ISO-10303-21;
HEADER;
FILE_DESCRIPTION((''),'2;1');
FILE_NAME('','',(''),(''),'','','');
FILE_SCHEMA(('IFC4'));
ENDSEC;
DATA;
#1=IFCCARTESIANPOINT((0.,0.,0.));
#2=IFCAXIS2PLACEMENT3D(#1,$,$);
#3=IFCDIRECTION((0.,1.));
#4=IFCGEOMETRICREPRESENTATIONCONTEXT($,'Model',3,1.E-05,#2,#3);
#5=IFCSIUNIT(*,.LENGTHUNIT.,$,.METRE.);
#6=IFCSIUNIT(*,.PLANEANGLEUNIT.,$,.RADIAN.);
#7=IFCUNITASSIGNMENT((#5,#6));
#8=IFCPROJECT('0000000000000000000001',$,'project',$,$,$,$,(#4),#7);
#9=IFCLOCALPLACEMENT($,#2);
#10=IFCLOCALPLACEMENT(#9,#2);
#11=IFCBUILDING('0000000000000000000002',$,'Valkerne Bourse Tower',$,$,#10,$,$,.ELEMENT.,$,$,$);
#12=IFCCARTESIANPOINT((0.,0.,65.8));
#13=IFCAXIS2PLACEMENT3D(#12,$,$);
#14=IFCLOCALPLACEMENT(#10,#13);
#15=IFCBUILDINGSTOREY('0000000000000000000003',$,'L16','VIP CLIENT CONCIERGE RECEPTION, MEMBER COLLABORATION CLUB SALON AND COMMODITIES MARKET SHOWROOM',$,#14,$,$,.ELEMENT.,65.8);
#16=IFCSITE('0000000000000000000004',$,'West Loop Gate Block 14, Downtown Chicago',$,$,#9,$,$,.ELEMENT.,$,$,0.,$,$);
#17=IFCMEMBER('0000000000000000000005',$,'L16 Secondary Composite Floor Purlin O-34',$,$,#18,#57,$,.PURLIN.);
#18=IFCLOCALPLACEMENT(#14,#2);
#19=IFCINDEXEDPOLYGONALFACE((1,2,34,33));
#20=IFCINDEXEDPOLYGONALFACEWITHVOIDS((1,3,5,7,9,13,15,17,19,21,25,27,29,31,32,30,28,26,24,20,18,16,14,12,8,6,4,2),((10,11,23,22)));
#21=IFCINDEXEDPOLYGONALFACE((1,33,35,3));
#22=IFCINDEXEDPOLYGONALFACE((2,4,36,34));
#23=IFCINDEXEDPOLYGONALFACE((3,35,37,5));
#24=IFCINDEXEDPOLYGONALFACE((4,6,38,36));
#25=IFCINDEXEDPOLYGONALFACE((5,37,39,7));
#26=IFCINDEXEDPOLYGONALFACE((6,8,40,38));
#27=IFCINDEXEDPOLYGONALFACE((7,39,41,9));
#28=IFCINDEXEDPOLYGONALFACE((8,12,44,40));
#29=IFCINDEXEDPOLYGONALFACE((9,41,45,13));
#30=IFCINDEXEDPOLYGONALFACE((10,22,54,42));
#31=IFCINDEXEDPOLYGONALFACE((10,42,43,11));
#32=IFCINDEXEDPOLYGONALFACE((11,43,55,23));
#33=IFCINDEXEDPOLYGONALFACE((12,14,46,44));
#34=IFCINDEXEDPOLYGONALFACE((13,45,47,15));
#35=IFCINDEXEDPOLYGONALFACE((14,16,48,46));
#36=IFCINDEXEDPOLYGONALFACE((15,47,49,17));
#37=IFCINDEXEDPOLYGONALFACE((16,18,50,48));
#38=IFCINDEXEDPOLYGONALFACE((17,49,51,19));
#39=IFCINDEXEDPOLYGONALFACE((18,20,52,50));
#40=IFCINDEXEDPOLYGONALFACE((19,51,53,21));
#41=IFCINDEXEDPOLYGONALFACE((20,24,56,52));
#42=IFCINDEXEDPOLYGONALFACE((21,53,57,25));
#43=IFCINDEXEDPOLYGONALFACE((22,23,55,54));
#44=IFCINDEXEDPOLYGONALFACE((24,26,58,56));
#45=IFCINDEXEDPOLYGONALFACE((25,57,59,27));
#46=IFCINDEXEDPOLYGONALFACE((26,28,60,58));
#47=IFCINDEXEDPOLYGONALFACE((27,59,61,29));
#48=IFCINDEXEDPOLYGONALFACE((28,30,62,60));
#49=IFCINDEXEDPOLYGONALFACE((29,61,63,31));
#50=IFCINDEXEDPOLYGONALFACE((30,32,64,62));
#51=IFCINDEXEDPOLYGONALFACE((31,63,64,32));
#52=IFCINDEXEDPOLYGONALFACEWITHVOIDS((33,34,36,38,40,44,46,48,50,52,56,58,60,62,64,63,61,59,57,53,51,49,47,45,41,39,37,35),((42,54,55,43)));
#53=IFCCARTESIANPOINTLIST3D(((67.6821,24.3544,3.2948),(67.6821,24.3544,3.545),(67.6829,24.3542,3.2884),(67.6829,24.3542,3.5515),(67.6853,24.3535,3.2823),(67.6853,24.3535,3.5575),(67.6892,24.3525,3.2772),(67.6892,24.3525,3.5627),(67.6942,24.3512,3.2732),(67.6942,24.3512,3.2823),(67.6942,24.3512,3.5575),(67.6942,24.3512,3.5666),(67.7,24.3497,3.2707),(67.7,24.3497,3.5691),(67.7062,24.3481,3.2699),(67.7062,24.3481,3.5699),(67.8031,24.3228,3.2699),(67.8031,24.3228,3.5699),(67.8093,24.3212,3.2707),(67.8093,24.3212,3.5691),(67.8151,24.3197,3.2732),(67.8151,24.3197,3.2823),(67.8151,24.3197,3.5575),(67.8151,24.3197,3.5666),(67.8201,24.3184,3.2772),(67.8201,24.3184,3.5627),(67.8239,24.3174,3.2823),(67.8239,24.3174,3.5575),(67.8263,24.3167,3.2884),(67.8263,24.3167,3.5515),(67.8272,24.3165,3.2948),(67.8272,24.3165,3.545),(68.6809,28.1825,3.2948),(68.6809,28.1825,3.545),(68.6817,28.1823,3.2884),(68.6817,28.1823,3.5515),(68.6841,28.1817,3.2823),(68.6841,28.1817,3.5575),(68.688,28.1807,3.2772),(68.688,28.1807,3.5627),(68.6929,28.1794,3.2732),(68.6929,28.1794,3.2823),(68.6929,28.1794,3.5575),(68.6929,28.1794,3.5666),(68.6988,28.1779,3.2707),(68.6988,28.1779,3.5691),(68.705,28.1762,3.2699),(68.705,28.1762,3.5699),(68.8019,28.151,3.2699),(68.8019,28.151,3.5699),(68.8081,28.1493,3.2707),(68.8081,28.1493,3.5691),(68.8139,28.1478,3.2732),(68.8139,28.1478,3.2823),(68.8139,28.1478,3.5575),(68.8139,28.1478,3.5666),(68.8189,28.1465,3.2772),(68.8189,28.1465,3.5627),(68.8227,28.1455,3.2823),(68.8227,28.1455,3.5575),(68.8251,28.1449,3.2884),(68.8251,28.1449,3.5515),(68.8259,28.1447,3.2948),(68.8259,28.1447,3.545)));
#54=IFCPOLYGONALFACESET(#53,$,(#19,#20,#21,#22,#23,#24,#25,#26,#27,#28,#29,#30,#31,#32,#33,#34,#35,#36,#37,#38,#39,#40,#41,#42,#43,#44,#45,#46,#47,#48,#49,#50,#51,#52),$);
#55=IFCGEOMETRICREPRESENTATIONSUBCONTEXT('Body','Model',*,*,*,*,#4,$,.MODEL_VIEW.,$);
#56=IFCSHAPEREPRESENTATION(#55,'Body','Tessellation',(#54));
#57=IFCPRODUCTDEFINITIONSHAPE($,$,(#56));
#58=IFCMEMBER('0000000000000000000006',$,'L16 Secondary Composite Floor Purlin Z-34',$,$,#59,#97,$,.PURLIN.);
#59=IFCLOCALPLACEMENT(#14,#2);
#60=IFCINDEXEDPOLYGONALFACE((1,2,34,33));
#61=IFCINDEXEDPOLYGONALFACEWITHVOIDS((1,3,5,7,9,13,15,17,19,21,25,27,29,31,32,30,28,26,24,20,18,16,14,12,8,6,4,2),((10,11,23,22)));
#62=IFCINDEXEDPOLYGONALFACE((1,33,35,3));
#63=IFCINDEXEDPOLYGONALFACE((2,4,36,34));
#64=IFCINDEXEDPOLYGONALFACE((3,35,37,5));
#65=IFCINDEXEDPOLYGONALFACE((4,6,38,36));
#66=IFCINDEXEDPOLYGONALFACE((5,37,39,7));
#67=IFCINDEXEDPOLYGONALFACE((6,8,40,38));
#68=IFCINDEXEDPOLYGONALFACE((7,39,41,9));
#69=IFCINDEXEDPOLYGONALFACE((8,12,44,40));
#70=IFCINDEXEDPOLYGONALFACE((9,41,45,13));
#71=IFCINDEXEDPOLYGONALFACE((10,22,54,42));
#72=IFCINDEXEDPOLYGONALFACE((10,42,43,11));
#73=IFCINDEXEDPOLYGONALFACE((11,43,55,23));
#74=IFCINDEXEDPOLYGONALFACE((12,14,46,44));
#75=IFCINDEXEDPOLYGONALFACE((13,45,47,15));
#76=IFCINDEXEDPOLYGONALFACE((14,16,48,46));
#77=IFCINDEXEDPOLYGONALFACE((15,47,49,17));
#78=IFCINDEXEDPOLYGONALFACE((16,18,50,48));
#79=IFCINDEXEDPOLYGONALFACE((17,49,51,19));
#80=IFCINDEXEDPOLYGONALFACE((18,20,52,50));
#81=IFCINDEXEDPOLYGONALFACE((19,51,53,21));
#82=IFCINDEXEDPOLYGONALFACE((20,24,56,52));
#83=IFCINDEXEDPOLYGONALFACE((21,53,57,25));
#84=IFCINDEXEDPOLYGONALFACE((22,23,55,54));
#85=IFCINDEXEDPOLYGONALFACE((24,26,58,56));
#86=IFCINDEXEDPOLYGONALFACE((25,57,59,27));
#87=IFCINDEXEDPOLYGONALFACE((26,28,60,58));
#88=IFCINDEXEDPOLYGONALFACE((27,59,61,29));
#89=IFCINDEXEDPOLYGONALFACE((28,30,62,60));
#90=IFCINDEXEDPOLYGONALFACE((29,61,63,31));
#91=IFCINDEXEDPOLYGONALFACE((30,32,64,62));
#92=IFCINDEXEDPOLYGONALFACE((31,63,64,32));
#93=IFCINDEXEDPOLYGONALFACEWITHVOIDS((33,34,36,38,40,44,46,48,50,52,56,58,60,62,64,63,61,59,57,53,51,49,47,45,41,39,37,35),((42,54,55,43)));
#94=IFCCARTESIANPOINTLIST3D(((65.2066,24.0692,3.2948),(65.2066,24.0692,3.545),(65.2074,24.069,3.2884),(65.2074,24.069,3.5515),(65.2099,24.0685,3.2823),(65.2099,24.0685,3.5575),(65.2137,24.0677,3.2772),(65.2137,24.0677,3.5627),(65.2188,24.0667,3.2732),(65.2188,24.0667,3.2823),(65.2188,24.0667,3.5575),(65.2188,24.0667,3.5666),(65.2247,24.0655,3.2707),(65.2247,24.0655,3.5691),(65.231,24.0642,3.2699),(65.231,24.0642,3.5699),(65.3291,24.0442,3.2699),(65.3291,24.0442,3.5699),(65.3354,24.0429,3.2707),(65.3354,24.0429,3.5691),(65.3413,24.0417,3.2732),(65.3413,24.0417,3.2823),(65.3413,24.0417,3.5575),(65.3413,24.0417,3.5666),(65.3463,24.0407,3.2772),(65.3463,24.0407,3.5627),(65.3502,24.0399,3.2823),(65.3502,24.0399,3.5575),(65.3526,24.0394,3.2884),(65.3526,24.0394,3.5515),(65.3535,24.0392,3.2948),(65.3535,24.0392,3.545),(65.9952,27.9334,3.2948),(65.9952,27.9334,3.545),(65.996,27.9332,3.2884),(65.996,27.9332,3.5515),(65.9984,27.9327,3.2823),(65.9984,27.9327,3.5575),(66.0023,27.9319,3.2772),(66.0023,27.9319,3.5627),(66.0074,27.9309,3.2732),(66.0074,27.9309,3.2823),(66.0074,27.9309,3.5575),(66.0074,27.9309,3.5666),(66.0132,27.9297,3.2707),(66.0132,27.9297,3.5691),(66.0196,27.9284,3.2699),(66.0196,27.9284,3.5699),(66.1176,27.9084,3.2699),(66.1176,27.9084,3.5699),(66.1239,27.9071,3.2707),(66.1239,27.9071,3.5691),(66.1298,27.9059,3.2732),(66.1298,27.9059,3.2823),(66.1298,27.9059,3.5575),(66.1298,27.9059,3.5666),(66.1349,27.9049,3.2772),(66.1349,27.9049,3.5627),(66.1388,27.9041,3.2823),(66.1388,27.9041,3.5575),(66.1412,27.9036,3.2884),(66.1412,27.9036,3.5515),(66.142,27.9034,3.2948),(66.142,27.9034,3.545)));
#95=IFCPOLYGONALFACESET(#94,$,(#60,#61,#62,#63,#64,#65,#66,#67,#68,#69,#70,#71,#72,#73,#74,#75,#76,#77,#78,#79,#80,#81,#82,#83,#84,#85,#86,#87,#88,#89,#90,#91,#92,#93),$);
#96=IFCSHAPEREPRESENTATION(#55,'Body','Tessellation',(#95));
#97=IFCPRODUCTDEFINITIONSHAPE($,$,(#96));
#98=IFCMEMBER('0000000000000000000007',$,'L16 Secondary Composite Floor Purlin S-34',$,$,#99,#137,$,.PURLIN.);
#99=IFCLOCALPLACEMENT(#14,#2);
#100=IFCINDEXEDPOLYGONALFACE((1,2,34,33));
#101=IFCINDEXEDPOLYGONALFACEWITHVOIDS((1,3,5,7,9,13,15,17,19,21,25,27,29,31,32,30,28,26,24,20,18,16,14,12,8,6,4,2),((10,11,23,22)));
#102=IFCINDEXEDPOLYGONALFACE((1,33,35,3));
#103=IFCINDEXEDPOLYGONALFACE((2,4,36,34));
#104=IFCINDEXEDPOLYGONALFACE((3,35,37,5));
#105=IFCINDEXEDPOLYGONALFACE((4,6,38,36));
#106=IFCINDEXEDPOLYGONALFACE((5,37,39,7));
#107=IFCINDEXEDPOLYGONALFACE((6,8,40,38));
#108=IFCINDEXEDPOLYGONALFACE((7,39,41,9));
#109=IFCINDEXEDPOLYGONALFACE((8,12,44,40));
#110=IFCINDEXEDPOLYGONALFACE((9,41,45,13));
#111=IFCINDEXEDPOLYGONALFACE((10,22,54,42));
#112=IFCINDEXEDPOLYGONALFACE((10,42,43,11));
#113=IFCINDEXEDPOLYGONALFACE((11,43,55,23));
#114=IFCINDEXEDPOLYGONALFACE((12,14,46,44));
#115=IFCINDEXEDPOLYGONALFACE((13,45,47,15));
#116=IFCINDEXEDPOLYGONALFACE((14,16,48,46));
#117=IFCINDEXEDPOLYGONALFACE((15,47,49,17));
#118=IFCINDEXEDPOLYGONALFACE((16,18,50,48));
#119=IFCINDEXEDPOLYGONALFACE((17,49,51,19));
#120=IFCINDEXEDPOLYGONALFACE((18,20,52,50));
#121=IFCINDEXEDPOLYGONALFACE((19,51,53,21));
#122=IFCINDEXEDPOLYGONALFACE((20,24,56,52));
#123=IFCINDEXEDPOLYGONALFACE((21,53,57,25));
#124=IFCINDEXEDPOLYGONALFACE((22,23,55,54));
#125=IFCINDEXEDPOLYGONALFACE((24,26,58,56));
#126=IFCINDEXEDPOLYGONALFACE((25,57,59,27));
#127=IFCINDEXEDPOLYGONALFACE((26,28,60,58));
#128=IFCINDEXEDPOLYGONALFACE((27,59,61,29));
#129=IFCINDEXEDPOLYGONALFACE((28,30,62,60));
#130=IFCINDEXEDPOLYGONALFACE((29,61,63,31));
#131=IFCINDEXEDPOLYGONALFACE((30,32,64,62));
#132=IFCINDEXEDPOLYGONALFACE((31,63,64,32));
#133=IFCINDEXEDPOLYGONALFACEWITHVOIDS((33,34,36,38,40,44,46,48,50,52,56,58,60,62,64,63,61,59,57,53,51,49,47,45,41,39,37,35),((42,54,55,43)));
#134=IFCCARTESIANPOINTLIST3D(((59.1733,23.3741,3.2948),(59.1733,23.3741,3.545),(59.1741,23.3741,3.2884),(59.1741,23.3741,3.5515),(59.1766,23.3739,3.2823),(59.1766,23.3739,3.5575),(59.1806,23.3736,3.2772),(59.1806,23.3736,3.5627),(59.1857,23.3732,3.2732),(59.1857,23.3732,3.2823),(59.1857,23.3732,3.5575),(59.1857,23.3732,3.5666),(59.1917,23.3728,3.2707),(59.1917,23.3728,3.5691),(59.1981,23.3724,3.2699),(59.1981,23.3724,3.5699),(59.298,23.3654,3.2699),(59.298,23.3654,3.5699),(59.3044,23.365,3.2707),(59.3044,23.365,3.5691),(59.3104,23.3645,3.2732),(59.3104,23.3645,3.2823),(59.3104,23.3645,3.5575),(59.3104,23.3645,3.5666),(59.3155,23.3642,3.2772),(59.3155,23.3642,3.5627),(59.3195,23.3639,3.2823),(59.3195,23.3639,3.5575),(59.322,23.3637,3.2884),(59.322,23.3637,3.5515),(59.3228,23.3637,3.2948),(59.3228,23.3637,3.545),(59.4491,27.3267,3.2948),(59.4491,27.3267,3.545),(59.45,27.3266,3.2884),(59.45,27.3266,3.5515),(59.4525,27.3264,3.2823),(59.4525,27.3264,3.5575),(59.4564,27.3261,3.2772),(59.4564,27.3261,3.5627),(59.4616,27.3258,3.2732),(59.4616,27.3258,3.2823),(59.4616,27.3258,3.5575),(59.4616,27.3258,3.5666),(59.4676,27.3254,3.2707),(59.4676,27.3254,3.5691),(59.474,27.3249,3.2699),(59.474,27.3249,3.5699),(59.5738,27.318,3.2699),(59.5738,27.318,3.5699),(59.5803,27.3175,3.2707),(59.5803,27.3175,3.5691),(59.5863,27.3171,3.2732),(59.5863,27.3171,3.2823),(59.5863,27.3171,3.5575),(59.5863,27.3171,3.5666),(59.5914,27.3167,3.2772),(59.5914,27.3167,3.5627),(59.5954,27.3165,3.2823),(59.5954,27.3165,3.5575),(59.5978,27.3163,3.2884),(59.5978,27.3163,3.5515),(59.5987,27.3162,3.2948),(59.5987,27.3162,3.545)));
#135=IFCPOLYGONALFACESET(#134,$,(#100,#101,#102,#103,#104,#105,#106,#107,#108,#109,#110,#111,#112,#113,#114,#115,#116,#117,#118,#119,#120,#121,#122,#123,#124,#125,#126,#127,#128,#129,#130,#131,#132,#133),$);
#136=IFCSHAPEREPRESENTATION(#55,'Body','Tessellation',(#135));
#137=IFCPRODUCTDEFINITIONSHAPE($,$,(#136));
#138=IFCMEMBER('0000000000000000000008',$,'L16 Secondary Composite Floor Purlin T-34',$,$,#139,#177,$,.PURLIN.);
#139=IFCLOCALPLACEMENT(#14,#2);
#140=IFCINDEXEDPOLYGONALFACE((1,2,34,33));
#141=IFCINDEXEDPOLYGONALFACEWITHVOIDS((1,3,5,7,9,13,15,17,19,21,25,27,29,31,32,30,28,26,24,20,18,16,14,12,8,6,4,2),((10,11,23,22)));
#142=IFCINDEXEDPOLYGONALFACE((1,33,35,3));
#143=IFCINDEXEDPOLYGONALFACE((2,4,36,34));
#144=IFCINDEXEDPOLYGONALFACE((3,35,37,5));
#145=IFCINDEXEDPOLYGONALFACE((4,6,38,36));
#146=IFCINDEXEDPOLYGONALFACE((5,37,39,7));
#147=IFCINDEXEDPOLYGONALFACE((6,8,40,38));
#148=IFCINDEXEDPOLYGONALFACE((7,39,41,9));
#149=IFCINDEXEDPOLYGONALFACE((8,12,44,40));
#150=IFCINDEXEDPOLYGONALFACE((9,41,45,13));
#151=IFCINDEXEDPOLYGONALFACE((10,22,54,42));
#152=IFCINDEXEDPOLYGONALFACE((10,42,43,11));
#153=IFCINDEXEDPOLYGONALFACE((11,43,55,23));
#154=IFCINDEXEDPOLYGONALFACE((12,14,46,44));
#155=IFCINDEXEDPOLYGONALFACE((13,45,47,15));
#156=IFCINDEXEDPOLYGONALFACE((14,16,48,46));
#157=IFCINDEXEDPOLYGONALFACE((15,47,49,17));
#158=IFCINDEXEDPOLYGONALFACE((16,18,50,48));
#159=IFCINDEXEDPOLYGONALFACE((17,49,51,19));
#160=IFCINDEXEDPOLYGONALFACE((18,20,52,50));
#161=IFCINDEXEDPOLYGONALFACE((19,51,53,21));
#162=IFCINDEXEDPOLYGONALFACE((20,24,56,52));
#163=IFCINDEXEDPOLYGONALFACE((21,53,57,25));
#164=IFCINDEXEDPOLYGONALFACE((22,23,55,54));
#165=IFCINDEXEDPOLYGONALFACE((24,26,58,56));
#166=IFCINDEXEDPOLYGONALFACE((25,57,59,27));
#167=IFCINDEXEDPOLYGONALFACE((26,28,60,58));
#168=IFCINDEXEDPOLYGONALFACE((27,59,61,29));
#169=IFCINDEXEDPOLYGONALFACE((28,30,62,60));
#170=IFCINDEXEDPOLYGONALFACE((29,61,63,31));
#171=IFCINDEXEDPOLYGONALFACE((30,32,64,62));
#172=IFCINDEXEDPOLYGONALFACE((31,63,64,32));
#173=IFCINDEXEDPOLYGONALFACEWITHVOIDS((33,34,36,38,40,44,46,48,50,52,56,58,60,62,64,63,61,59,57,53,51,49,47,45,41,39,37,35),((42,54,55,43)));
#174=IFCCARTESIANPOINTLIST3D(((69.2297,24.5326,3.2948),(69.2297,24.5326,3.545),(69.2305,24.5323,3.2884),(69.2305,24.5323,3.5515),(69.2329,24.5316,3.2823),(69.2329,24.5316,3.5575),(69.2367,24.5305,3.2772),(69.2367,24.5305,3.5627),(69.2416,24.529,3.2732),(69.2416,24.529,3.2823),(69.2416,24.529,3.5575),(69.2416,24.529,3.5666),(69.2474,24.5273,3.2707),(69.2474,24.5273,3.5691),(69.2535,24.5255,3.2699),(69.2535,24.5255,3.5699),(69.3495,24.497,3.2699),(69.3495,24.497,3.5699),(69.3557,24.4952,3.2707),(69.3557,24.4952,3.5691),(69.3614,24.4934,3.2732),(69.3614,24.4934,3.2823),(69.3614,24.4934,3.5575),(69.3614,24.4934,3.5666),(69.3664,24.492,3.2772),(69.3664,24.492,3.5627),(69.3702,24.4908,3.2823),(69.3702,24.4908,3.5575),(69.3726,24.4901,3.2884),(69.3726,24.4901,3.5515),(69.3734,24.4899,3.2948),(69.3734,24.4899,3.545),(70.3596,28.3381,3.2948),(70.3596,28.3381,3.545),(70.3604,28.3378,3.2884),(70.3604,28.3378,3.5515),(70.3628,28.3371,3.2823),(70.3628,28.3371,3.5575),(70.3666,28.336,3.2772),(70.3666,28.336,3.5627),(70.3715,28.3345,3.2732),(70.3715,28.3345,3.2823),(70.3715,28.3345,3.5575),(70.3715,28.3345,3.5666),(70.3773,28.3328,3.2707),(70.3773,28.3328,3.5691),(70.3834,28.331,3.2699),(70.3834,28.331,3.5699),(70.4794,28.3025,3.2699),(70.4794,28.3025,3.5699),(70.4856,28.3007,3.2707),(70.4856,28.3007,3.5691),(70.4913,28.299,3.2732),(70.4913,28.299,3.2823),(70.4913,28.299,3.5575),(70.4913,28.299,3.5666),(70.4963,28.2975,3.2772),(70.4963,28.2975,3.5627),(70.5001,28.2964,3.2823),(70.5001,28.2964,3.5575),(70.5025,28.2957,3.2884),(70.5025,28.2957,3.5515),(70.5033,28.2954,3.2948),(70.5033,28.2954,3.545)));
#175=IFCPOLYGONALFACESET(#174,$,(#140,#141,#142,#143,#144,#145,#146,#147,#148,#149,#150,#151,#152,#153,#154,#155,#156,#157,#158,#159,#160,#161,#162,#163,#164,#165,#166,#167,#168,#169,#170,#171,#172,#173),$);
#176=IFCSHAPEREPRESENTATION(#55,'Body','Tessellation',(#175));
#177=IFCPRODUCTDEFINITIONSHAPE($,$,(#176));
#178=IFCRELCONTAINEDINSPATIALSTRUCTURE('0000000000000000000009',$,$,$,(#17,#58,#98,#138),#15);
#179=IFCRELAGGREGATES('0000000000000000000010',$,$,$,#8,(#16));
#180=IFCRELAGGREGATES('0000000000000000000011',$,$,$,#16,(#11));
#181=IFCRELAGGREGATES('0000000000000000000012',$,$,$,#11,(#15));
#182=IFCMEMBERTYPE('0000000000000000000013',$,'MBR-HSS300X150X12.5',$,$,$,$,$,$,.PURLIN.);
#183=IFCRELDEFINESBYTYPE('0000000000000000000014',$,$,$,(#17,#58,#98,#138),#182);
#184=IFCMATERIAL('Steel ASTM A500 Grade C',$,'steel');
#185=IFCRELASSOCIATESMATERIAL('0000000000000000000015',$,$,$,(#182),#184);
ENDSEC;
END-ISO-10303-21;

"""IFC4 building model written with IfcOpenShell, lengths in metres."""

from ifc_helpers import new_model, si_unit, direction, frame, origin, origin_2d, place, context, subcontext, project, spatial, hollow_rectangle, extrude, material, material_profile, profile_set, type_object, element, save


model = new_model("IFC4")

# Units and contexts
model_context = context("Model", 3, precision=1e-05, world=origin(), true_north=direction((0.0, 1.0)))
body_context = subcontext(model_context, "Body", "Model", "MODEL_VIEW")
ifc_project = project(units=[si_unit("LENGTHUNIT", "METRE"), si_unit("PLANEANGLEUNIT", "RADIAN")], contexts=[model_context])

# Site, building, storey
site_placement = place(None, origin())
site = spatial("IfcSite", under=ifc_project, at=site_placement, Name="West Loop Gate Block 14, Downtown Chicago", CompositionType="ELEMENT", RefElevation=0.0)
building_placement = place(site_placement, origin())
building = spatial("IfcBuilding", under=site, at=building_placement, Name="Valkerne Bourse Tower", CompositionType="ELEMENT")
storey_placement = place(building_placement, frame((0.0, 0.0, 65.8)))
storey = spatial("IfcBuildingStorey", under=building, at=storey_placement, Name="L16", Description="VIP CLIENT CONCIERGE RECEPTION, MEMBER COLLABORATION CLUB SALON AND COMMODITIES MARKET SHOWROOM", CompositionType="ELEMENT", Elevation=65.8)

# Members
ifc_material_1 = material(Name="Steel ASTM A500 Grade C", Category="steel")
ifc_material_profile_1 = material_profile(ifc_material_1, hollow_rectangle(XDim=0.1499, YDim=0.3, WallThickness=0.0125, OuterFilletRadius=0.0249, at=origin_2d()), Name="HSS300X150X12.5")
ifc_profile_set_1 = profile_set([ifc_material_profile_1], Name="Steel ASTM A500 Grade C")
member_type_1 = type_object("IfcMemberType", Name="MBR-HSS300X150X12.5", PredefinedType="PURLIN", material=ifc_profile_set_1)
member_1_placement = place(storey_placement, frame((67.7546, 24.3354, 3.4199), z_axis=(0.252455, 0.967609, 0.0), x_axis=(-0.967609, 0.252455, 0.0)))
element("IfcMember", 1, at=member_1_placement, inside=storey, type_object=member_type_1, Name="L16 Secondary Composite Floor Purlin O-34", PredefinedType="PURLIN", context=body_context, shape_type="SweptSolid", body=[
    extrude(hollow_rectangle(XDim=0.1499, YDim=0.3, WallThickness=0.0125, OuterFilletRadius=0.0249, at=origin_2d()), origin(), (0.0, 0.0, 1.0), 3.9563),
])
member_2_placement = place(storey_placement, frame((65.28, 24.0542, 3.4199), z_axis=(0.199948, 0.979807, 0.0), x_axis=(-0.979807, 0.199948, 0.0)))
element("IfcMember", 2, at=member_2_placement, inside=storey, type_object=member_type_1, Name="L16 Secondary Composite Floor Purlin Z-34", PredefinedType="PURLIN", context=body_context, shape_type="SweptSolid", body=[
    extrude(hollow_rectangle(XDim=0.1499, YDim=0.3, WallThickness=0.0125, OuterFilletRadius=0.0249, at=origin_2d()), origin(), (0.0, 0.0, 1.0), 3.9438),
])
member_3_placement = place(storey_placement, frame((59.248, 23.3689, 3.4199), z_axis=(0.069627, 0.997573, 0.0), x_axis=(-0.997573, 0.069627, 0.0)))
element("IfcMember", 3, at=member_3_placement, inside=storey, type_object=member_type_1, Name="L16 Secondary Composite Floor Purlin S-34", PredefinedType="PURLIN", context=body_context, shape_type="SweptSolid", body=[
    extrude(hollow_rectangle(XDim=0.1499, YDim=0.3, WallThickness=0.0125, OuterFilletRadius=0.0249, at=origin_2d()), origin(), (0.0, 0.0, 1.0), 3.9622),
])
member_4_placement = place(storey_placement, frame((69.3015, 24.5112, 3.4199), z_axis=(0.284633, 0.958637, 0.0), x_axis=(-0.958637, 0.284633, 0.0)))
element("IfcMember", 4, at=member_4_placement, inside=storey, type_object=member_type_1, Name="L16 Secondary Composite Floor Purlin T-34", PredefinedType="PURLIN", context=body_context, shape_type="SweptSolid", body=[
    extrude(hollow_rectangle(XDim=0.1499, YDim=0.3, WallThickness=0.0125, OuterFilletRadius=0.0249, at=origin_2d()), origin(), (0.0, 0.0, 1.0), 3.9697),
])

save(model, "model.ifc")
